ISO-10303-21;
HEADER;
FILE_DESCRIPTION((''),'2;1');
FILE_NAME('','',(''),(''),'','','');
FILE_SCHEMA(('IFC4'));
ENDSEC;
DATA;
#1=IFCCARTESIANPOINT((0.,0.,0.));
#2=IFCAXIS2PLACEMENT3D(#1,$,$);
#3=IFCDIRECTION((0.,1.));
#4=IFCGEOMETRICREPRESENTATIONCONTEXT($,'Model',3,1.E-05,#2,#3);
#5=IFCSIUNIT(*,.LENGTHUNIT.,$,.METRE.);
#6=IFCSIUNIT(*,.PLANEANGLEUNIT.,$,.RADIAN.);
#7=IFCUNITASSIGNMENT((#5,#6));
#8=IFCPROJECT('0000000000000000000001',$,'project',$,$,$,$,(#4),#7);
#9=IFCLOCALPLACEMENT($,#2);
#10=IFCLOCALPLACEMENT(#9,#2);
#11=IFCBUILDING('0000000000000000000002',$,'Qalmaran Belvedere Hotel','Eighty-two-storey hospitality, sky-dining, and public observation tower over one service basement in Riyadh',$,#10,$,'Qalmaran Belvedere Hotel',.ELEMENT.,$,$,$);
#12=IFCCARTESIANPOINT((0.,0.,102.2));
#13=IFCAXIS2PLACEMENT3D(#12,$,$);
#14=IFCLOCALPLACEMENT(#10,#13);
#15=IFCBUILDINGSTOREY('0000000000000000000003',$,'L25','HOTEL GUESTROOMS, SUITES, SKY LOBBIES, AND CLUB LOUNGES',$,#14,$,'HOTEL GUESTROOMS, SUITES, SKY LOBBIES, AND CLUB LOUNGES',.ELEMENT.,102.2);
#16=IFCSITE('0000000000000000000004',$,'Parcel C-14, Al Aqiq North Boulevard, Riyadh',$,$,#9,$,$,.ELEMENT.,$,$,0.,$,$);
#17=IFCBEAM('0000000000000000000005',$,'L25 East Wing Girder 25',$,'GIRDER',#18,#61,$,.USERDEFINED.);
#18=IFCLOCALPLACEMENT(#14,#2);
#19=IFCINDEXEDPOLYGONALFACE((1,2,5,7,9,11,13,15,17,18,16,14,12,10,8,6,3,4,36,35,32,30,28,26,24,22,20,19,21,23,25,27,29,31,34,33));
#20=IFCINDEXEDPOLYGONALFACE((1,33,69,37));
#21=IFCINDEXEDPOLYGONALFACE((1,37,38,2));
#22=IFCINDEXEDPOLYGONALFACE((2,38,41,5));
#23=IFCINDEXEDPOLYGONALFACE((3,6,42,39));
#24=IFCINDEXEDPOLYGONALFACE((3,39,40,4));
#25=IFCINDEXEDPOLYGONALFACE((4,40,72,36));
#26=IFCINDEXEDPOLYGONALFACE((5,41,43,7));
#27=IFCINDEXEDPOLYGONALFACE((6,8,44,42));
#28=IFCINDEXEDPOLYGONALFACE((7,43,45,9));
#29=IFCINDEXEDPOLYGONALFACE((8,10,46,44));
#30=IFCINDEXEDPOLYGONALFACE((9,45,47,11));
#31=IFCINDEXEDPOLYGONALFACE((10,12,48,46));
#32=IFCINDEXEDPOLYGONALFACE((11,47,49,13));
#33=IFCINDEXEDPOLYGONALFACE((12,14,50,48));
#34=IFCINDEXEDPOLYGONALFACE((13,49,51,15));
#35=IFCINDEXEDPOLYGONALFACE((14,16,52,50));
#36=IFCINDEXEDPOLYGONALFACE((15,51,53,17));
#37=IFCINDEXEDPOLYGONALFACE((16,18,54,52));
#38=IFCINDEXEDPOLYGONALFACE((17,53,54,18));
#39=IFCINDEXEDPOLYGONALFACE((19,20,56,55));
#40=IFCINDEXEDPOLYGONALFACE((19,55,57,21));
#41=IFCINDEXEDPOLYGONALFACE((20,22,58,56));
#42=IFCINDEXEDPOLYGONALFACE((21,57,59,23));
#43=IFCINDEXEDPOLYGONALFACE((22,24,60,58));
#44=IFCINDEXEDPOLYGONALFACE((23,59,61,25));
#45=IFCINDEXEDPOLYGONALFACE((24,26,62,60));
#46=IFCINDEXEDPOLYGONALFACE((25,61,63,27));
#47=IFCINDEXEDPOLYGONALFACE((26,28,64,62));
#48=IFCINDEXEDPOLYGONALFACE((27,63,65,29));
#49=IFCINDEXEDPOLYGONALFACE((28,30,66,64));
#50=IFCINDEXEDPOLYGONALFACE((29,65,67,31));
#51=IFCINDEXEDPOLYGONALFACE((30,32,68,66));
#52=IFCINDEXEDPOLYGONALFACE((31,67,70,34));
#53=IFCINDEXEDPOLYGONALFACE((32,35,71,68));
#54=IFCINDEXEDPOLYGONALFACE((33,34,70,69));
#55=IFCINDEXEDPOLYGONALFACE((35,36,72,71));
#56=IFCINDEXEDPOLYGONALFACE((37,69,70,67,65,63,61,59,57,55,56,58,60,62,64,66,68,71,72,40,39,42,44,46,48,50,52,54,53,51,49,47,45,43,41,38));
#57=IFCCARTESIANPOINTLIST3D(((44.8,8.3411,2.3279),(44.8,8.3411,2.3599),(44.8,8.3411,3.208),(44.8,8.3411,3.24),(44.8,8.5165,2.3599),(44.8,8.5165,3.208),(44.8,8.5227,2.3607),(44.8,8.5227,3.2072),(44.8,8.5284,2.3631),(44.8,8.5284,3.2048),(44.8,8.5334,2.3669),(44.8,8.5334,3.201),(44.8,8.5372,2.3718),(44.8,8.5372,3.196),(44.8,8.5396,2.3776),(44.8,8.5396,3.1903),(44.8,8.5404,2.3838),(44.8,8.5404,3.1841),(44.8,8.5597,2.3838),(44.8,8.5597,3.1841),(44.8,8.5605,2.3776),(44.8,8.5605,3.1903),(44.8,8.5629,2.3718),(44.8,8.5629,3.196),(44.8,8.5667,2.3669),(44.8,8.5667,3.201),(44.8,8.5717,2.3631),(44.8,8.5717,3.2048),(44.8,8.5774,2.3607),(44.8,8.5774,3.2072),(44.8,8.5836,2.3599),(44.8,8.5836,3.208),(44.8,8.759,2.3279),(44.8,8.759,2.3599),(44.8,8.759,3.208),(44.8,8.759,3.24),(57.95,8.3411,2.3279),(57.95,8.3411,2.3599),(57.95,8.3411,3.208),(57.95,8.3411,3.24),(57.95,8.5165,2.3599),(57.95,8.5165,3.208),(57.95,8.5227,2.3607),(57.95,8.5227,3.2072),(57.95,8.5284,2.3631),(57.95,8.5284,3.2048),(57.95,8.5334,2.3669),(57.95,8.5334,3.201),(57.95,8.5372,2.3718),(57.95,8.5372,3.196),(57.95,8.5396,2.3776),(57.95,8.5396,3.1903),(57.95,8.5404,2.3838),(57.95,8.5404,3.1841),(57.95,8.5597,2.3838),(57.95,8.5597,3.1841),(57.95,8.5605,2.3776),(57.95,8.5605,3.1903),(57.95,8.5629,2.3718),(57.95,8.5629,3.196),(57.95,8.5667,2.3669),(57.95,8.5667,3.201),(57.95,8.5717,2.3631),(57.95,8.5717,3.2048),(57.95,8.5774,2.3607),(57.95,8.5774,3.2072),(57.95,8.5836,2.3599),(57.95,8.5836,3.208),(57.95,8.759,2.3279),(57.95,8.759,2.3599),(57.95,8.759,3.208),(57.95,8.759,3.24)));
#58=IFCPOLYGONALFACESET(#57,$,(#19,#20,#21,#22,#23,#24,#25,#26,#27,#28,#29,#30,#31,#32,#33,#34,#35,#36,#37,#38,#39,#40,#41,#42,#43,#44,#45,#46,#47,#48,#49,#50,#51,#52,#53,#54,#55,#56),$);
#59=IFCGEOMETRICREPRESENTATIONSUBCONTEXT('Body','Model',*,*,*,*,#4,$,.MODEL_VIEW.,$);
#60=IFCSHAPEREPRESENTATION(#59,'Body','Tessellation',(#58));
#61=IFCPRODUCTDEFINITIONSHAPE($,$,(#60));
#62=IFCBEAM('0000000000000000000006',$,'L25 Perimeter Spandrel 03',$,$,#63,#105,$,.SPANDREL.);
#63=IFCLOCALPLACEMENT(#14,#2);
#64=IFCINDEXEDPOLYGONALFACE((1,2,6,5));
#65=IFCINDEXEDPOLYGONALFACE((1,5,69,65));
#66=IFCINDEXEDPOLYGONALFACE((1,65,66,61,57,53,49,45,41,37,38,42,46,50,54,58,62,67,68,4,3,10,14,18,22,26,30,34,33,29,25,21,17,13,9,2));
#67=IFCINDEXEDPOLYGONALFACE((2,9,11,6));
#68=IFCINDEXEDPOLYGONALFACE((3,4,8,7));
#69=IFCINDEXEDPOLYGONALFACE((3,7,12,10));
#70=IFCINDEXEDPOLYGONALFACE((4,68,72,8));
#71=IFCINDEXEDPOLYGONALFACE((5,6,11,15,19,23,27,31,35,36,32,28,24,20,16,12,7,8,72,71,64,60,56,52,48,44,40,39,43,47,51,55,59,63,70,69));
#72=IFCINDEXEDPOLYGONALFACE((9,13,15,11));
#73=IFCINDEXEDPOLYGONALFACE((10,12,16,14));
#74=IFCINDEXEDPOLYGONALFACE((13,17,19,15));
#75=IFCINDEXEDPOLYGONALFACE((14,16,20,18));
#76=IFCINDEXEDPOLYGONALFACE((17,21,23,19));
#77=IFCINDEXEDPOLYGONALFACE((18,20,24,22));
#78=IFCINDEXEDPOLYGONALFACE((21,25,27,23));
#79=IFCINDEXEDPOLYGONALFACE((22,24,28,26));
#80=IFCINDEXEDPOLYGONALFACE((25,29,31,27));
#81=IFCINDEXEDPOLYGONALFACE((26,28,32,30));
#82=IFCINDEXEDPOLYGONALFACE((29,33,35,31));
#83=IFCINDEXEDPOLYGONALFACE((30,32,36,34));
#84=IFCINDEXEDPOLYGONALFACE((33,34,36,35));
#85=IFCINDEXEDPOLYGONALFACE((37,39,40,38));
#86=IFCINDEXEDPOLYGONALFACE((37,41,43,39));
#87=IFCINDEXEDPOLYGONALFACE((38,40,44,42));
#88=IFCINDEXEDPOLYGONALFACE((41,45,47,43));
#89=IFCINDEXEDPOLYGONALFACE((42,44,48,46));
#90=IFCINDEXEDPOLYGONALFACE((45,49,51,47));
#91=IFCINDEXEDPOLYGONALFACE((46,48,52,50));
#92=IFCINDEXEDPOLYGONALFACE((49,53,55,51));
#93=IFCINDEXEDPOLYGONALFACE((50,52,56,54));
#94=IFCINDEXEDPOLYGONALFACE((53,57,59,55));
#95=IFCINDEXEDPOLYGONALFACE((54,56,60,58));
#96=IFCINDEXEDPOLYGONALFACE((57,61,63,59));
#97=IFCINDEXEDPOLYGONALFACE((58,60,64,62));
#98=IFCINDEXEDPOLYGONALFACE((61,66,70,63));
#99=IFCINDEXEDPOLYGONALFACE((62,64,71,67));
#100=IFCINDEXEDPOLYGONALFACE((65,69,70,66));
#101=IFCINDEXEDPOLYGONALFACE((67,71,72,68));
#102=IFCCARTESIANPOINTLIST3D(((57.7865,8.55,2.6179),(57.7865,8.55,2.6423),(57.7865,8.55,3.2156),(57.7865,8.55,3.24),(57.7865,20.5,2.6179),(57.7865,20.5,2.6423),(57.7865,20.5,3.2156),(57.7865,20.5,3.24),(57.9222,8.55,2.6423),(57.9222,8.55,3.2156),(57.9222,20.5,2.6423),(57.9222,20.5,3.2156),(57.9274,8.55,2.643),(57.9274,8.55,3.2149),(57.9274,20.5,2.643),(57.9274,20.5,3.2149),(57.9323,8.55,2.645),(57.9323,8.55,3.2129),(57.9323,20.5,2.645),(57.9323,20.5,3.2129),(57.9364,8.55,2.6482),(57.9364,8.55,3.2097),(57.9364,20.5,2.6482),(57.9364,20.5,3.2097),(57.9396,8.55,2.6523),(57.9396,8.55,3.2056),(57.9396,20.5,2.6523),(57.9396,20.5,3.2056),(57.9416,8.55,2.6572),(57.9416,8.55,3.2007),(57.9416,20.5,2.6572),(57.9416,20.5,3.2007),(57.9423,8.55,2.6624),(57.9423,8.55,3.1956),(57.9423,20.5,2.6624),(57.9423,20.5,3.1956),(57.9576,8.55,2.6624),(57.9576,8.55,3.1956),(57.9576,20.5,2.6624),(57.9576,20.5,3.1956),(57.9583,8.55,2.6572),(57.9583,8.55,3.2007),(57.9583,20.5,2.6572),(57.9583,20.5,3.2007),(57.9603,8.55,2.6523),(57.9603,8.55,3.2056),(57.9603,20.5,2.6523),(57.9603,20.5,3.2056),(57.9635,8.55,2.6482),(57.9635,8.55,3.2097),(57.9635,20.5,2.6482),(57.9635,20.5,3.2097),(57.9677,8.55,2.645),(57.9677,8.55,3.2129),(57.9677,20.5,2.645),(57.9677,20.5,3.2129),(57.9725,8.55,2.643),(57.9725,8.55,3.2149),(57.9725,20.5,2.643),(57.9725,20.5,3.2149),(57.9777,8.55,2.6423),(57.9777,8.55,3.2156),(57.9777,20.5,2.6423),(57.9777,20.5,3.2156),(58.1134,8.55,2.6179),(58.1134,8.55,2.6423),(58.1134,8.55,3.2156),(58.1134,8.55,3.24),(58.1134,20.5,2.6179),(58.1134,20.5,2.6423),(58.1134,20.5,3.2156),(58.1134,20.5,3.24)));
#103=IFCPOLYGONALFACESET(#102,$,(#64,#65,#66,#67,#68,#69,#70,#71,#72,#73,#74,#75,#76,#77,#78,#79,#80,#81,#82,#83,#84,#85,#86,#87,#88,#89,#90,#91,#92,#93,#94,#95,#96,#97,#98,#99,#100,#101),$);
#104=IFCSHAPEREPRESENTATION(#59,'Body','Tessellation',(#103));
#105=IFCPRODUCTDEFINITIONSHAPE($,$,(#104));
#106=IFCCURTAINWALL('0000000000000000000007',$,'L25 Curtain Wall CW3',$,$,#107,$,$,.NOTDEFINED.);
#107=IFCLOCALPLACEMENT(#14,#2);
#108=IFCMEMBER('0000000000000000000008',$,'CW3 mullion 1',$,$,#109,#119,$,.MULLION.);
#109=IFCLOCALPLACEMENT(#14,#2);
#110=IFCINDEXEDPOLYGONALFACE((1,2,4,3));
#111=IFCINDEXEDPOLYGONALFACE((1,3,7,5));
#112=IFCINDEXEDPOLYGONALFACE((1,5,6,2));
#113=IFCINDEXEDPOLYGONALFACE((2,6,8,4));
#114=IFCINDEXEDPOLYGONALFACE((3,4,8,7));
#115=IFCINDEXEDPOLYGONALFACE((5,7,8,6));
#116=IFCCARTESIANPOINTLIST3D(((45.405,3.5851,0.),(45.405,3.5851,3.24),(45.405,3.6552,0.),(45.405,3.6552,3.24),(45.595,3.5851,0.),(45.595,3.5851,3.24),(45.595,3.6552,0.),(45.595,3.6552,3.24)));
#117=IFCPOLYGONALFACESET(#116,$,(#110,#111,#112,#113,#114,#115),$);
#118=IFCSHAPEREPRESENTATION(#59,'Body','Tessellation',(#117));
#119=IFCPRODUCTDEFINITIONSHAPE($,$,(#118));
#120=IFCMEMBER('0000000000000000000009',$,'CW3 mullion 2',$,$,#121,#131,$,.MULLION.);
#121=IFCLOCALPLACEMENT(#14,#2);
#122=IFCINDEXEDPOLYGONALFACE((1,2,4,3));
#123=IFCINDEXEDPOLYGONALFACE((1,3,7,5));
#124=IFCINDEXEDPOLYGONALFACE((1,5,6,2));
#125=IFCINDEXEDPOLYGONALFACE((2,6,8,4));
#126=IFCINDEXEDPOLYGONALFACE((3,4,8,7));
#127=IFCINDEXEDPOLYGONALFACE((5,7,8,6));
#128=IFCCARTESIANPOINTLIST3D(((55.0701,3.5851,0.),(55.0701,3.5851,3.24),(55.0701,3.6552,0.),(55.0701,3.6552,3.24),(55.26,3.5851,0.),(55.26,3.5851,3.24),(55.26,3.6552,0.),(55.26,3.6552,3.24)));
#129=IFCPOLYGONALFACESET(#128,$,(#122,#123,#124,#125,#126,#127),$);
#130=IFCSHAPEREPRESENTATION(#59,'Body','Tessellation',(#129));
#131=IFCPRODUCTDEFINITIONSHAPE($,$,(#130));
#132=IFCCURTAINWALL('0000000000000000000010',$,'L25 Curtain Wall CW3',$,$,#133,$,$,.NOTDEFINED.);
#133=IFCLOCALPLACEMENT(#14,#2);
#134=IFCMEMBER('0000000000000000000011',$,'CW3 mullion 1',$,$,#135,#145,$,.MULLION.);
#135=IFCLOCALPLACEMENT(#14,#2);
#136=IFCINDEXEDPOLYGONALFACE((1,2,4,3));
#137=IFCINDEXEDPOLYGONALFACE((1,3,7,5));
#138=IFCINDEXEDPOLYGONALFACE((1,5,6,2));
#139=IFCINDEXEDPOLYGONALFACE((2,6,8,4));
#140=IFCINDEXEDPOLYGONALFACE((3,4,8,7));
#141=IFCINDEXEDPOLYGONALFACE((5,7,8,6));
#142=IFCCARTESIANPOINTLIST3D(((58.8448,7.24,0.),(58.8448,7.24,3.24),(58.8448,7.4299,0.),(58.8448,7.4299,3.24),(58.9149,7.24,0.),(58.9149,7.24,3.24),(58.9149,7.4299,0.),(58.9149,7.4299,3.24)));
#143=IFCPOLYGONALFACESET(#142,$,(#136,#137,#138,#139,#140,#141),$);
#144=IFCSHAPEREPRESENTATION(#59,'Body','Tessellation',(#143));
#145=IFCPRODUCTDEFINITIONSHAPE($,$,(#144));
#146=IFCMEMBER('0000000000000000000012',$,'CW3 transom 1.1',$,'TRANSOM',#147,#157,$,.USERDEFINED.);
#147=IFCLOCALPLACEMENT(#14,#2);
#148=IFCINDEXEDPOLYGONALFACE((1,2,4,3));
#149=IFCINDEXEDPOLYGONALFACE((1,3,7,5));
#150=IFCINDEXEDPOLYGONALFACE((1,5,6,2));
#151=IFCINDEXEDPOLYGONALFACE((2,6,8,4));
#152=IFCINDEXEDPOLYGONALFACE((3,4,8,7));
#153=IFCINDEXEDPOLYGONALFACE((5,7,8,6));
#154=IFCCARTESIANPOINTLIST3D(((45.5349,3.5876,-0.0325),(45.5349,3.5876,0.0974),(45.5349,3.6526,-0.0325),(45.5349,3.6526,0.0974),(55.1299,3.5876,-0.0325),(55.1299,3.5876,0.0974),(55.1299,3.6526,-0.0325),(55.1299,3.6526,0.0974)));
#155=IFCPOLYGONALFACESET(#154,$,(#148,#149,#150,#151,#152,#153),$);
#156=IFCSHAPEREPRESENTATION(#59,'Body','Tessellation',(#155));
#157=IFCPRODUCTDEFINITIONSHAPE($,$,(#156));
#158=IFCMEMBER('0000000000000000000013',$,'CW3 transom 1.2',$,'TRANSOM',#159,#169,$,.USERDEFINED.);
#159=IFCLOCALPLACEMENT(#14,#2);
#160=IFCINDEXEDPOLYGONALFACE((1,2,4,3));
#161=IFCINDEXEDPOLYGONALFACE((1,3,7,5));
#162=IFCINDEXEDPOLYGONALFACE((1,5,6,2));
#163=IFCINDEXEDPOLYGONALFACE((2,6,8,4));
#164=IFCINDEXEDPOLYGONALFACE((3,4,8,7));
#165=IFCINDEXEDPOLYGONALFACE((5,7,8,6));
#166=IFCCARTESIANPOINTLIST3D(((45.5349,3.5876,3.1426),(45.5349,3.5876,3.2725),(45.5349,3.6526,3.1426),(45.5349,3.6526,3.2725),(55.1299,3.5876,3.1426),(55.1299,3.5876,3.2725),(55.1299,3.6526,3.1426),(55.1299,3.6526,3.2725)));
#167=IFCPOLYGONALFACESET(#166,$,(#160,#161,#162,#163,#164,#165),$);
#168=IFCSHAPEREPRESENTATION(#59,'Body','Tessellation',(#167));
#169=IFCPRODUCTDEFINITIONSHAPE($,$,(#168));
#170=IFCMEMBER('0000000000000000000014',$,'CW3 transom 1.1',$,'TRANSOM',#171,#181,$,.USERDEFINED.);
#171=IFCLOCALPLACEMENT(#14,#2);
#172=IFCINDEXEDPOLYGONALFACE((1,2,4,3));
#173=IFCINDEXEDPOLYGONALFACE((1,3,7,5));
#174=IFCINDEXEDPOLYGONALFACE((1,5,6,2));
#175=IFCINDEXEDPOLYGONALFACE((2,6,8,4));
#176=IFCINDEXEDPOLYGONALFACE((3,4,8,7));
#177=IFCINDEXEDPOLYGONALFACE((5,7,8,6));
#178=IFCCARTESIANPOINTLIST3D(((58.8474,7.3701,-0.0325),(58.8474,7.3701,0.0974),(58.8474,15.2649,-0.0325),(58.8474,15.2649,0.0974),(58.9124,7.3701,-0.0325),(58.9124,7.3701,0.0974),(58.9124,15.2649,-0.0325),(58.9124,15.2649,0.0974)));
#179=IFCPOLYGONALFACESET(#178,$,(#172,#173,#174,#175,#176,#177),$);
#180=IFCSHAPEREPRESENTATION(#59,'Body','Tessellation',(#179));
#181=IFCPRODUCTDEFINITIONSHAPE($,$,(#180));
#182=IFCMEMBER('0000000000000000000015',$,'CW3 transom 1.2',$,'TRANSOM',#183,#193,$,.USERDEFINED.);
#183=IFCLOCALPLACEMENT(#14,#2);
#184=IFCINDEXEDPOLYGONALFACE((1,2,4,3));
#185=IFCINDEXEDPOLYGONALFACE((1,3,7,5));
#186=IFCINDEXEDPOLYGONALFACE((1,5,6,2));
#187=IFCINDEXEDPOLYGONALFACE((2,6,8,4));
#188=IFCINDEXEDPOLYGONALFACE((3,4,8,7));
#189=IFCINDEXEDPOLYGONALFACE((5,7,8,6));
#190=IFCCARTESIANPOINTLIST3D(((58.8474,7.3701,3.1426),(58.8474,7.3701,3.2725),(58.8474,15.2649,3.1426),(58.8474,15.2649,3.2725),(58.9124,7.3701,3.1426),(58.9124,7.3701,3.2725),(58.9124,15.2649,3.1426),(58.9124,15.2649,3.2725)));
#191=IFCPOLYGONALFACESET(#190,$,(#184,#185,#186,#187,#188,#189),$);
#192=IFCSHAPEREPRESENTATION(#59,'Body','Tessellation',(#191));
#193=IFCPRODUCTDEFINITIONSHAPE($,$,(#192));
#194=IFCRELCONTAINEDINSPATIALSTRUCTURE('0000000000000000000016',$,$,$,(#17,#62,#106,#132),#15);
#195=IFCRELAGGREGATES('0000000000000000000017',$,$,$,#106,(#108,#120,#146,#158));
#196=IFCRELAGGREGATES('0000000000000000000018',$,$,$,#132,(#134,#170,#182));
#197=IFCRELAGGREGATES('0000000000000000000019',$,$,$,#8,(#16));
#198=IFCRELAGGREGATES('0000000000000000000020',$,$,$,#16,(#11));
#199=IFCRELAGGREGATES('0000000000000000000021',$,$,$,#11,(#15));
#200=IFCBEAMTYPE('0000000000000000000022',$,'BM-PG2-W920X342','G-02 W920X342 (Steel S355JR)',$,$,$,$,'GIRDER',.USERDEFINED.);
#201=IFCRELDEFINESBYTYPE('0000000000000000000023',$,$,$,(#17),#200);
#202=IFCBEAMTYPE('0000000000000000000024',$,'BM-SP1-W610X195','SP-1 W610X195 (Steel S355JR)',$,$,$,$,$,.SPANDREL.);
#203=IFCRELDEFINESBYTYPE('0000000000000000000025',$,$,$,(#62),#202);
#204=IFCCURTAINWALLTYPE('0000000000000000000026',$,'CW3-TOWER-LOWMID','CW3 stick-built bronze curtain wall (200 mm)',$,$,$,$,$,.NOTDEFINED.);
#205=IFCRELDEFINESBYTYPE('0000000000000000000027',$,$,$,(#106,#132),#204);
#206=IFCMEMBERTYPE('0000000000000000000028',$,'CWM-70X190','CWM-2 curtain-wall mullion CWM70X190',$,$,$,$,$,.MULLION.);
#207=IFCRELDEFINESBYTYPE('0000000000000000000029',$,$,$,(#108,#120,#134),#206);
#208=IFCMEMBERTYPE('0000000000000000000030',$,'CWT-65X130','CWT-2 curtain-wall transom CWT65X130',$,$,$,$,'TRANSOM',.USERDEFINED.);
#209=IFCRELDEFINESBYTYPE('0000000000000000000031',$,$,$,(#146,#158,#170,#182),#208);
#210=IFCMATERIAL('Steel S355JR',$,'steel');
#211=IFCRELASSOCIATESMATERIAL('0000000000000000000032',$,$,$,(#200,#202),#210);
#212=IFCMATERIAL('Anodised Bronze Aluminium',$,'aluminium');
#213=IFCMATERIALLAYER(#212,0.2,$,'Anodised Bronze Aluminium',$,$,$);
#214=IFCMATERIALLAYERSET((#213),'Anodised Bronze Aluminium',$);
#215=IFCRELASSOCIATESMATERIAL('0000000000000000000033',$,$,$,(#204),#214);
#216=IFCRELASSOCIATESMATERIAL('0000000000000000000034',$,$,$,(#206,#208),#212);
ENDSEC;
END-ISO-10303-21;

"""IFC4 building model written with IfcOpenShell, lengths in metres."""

from ifc_helpers import new_model, si_unit, direction, frame, origin, origin_2d, place, context, subcontext, project, spatial, rectangle, i_section, extrude, material, layer, layer_set, material_profile, profile_set, type_object, element, aggregate, save


model = new_model("IFC4")

# Units and contexts
model_context = context("Model", 3, precision=1e-05, world=origin(), true_north=direction((0.0, 1.0)))
body_context = subcontext(model_context, "Body", "Model", "MODEL_VIEW")
ifc_project = project(units=[si_unit("LENGTHUNIT", "METRE"), si_unit("PLANEANGLEUNIT", "RADIAN")], contexts=[model_context])

# Site, building, storey
site_placement = place(None, origin())
site = spatial("IfcSite", under=ifc_project, at=site_placement, Name="Parcel C-14, Al Aqiq North Boulevard, Riyadh", CompositionType="ELEMENT", RefElevation=0.0)
building_placement = place(site_placement, origin())
building = spatial("IfcBuilding", under=site, at=building_placement, Name="Qalmaran Belvedere Hotel", Description="Eighty-two-storey hospitality, sky-dining, and public observation tower over one service basement in Riyadh", LongName="Qalmaran Belvedere Hotel", CompositionType="ELEMENT")
storey_placement = place(building_placement, frame((0.0, 0.0, 102.2)))
storey = spatial("IfcBuildingStorey", under=building, at=storey_placement, Name="L25", Description="HOTEL GUESTROOMS, SUITES, SKY LOBBIES, AND CLUB LOUNGES", LongName="HOTEL GUESTROOMS, SUITES, SKY LOBBIES, AND CLUB LOUNGES", CompositionType="ELEMENT", Elevation=102.2)

# Beams
ifc_material_1 = material(Name="Steel S355JR", Category="steel")
ifc_material_profile_1 = material_profile(ifc_material_1, i_section(OverallWidth=0.418, OverallDepth=0.9121, WebThickness=0.0193, FlangeThickness=0.032, FilletRadius=0.0239, at=origin_2d()), Name="W920X342")
ifc_profile_set_1 = profile_set([ifc_material_profile_1], Name="Steel S355JR")
beam_type_1 = type_object("IfcBeamType", Name="BM-PG2-W920X342", Description="G-02 W920X342 (Steel S355JR)", ElementType="GIRDER", PredefinedType="USERDEFINED", material=ifc_profile_set_1)
beam_1_placement = place(storey_placement, frame((44.8, 8.55, 2.7839), z_axis=(1.0, 0.0, 0.0), x_axis=(0.0, 1.0, 0.0)))
element("IfcBeam", 1, at=beam_1_placement, inside=storey, type_object=beam_type_1, Name="L25 East Wing Girder 25", ObjectType="GIRDER", PredefinedType="USERDEFINED", context=body_context, shape_type="SweptSolid", body=[
    extrude(i_section(OverallWidth=0.418, OverallDepth=0.9121, WebThickness=0.0193, FlangeThickness=0.032, FilletRadius=0.0239, at=origin_2d()), origin(), (0.0, 0.0, 1.0), 13.1499),
])
ifc_material_profile_2 = material_profile(ifc_material_1, i_section(OverallWidth=0.3269, OverallDepth=0.6221, WebThickness=0.0154, FlangeThickness=0.0244, FilletRadius=0.02, at=origin_2d()), Name="W610X195")
ifc_profile_set_2 = profile_set([ifc_material_profile_2], Name="Steel S355JR")
beam_type_2 = type_object("IfcBeamType", Name="BM-SP1-W610X195", Description="SP-1 W610X195 (Steel S355JR)", PredefinedType="SPANDREL", material=ifc_profile_set_2)
beam_2_placement = place(storey_placement, frame((57.95, 8.55, 2.929), z_axis=(0.0, 1.0, 0.0), x_axis=(-1.0, 0.0, 0.0)))
element("IfcBeam", 2, at=beam_2_placement, inside=storey, type_object=beam_type_2, Name="L25 Perimeter Spandrel 03", PredefinedType="SPANDREL", context=body_context, shape_type="SweptSolid", body=[
    extrude(i_section(OverallWidth=0.3269, OverallDepth=0.6221, WebThickness=0.0154, FlangeThickness=0.0244, FilletRadius=0.02, at=origin_2d()), origin(), (0.0, 0.0, 1.0), 11.95),
])

# Curtain wall, members
ifc_material_2 = material(Name="Anodised Bronze Aluminium", Category="aluminium")
ifc_layer_1 = layer(ifc_material_2, 0.2, Name="Anodised Bronze Aluminium")
ifc_layer_set_1 = layer_set([ifc_layer_1], Name="Anodised Bronze Aluminium")
curtain_wall_type = type_object("IfcCurtainWallType", Name="CW3-TOWER-LOWMID", Description="CW3 stick-built bronze curtain wall (200 mm)", PredefinedType="NOTDEFINED", material=ifc_layer_set_1)
curtain_wall_1_placement = place(storey_placement, origin())
curtain_wall_1 = element("IfcCurtainWall", 3, at=curtain_wall_1_placement, inside=storey, type_object=curtain_wall_type, Name="L25 Curtain Wall CW3", PredefinedType="NOTDEFINED")
ifc_material_profile_3 = material_profile(ifc_material_2, rectangle(XDim=0.0701, YDim=0.1899, at=origin_2d()), Name="CWM70X190")
ifc_profile_set_3 = profile_set([ifc_material_profile_3], Name="Anodised Bronze Aluminium")
member_type_1 = type_object("IfcMemberType", Name="CWM-70X190", Description="CWM-2 curtain-wall mullion CWM70X190", PredefinedType="MULLION", material=ifc_profile_set_3)
member_1_placement = place(storey_placement, frame((45.5, 3.6201, 0.0), z_axis=(0.0, 0.0, 1.0), x_axis=(0.0, 1.0, 0.0)))
member_1 = element("IfcMember", 4, at=member_1_placement, type_object=member_type_1, Name="CW3 mullion 1", PredefinedType="MULLION", context=body_context, shape_type="SweptSolid", body=[
    extrude(rectangle(XDim=0.0701, YDim=0.1899, at=origin_2d()), origin(), (0.0, 0.0, 1.0), 3.24),
])
member_2_placement = place(storey_placement, frame((55.165, 3.6201, 0.0), z_axis=(0.0, 0.0, 1.0), x_axis=(0.0, 1.0, 0.0)))
member_2 = element("IfcMember", 5, at=member_2_placement, type_object=member_type_1, Name="CW3 mullion 2", PredefinedType="MULLION", context=body_context, shape_type="SweptSolid", body=[
    extrude(rectangle(XDim=0.0701, YDim=0.1899, at=origin_2d()), origin(), (0.0, 0.0, 1.0), 3.24),
])

# Curtain wall, member
curtain_wall_2_placement = place(storey_placement, origin())
curtain_wall_2 = element("IfcCurtainWall", 6, at=curtain_wall_2_placement, inside=storey, type_object=curtain_wall_type, Name="L25 Curtain Wall CW3", PredefinedType="NOTDEFINED")
member_3_placement = place(storey_placement, frame((58.8799, 7.335, 0.0), z_axis=(0.0, 0.0, 1.0), x_axis=(-1.0, 0.0, 0.0)))
member_3 = element("IfcMember", 7, at=member_3_placement, type_object=member_type_1, Name="CW3 mullion 1", PredefinedType="MULLION", context=body_context, shape_type="SweptSolid", body=[
    extrude(rectangle(XDim=0.0701, YDim=0.1899, at=origin_2d()), origin(), (0.0, 0.0, 1.0), 3.24),
])

# Members
ifc_material_profile_4 = material_profile(ifc_material_2, rectangle(XDim=0.0649, YDim=0.1299, at=origin_2d()), Name="CWT65X130")
ifc_profile_set_4 = profile_set([ifc_material_profile_4], Name="Anodised Bronze Aluminium")
member_type_2 = type_object("IfcMemberType", Name="CWT-65X130", Description="CWT-2 curtain-wall transom CWT65X130", ElementType="TRANSOM", PredefinedType="USERDEFINED", material=ifc_profile_set_4)
member_4_placement = place(storey_placement, frame((45.5349, 3.6201, 0.0325), z_axis=(1.0, 0.0, 0.0), x_axis=(0.0, 1.0, 0.0)))
member_4 = element("IfcMember", 8, at=member_4_placement, type_object=member_type_2, Name="CW3 transom 1.1", ObjectType="TRANSOM", PredefinedType="USERDEFINED", context=body_context, shape_type="SweptSolid", body=[
    extrude(rectangle(XDim=0.0649, YDim=0.1299, at=origin_2d()), origin(), (0.0, 0.0, 1.0), 9.595),
])
member_5_placement = place(storey_placement, frame((45.5349, 3.6201, 3.2075), z_axis=(1.0, 0.0, 0.0), x_axis=(0.0, 1.0, 0.0)))
member_5 = element("IfcMember", 9, at=member_5_placement, type_object=member_type_2, Name="CW3 transom 1.2", ObjectType="TRANSOM", PredefinedType="USERDEFINED", context=body_context, shape_type="SweptSolid", body=[
    extrude(rectangle(XDim=0.0649, YDim=0.1299, at=origin_2d()), origin(), (0.0, 0.0, 1.0), 9.595),
])
member_6_placement = place(storey_placement, frame((58.8799, 7.3701, 0.0325), z_axis=(0.0, 1.0, 0.0), x_axis=(-1.0, 0.0, 0.0)))
member_6 = element("IfcMember", 10, at=member_6_placement, type_object=member_type_2, Name="CW3 transom 1.1", ObjectType="TRANSOM", PredefinedType="USERDEFINED", context=body_context, shape_type="SweptSolid", body=[
    extrude(rectangle(XDim=0.0649, YDim=0.1299, at=origin_2d()), origin(), (0.0, 0.0, 1.0), 7.8948),
])
member_7_placement = place(storey_placement, frame((58.8799, 7.3701, 3.2075), z_axis=(0.0, 1.0, 0.0), x_axis=(-1.0, 0.0, 0.0)))
member_7 = element("IfcMember", 11, at=member_7_placement, type_object=member_type_2, Name="CW3 transom 1.2", ObjectType="TRANSOM", PredefinedType="USERDEFINED", context=body_context, shape_type="SweptSolid", body=[
    extrude(rectangle(XDim=0.0649, YDim=0.1299, at=origin_2d()), origin(), (0.0, 0.0, 1.0), 7.8948),
])

aggregate(curtain_wall_1, [member_1, member_2, member_4, member_5])
aggregate(curtain_wall_2, [member_3, member_6, member_7])

save(model, "model.ifc")
